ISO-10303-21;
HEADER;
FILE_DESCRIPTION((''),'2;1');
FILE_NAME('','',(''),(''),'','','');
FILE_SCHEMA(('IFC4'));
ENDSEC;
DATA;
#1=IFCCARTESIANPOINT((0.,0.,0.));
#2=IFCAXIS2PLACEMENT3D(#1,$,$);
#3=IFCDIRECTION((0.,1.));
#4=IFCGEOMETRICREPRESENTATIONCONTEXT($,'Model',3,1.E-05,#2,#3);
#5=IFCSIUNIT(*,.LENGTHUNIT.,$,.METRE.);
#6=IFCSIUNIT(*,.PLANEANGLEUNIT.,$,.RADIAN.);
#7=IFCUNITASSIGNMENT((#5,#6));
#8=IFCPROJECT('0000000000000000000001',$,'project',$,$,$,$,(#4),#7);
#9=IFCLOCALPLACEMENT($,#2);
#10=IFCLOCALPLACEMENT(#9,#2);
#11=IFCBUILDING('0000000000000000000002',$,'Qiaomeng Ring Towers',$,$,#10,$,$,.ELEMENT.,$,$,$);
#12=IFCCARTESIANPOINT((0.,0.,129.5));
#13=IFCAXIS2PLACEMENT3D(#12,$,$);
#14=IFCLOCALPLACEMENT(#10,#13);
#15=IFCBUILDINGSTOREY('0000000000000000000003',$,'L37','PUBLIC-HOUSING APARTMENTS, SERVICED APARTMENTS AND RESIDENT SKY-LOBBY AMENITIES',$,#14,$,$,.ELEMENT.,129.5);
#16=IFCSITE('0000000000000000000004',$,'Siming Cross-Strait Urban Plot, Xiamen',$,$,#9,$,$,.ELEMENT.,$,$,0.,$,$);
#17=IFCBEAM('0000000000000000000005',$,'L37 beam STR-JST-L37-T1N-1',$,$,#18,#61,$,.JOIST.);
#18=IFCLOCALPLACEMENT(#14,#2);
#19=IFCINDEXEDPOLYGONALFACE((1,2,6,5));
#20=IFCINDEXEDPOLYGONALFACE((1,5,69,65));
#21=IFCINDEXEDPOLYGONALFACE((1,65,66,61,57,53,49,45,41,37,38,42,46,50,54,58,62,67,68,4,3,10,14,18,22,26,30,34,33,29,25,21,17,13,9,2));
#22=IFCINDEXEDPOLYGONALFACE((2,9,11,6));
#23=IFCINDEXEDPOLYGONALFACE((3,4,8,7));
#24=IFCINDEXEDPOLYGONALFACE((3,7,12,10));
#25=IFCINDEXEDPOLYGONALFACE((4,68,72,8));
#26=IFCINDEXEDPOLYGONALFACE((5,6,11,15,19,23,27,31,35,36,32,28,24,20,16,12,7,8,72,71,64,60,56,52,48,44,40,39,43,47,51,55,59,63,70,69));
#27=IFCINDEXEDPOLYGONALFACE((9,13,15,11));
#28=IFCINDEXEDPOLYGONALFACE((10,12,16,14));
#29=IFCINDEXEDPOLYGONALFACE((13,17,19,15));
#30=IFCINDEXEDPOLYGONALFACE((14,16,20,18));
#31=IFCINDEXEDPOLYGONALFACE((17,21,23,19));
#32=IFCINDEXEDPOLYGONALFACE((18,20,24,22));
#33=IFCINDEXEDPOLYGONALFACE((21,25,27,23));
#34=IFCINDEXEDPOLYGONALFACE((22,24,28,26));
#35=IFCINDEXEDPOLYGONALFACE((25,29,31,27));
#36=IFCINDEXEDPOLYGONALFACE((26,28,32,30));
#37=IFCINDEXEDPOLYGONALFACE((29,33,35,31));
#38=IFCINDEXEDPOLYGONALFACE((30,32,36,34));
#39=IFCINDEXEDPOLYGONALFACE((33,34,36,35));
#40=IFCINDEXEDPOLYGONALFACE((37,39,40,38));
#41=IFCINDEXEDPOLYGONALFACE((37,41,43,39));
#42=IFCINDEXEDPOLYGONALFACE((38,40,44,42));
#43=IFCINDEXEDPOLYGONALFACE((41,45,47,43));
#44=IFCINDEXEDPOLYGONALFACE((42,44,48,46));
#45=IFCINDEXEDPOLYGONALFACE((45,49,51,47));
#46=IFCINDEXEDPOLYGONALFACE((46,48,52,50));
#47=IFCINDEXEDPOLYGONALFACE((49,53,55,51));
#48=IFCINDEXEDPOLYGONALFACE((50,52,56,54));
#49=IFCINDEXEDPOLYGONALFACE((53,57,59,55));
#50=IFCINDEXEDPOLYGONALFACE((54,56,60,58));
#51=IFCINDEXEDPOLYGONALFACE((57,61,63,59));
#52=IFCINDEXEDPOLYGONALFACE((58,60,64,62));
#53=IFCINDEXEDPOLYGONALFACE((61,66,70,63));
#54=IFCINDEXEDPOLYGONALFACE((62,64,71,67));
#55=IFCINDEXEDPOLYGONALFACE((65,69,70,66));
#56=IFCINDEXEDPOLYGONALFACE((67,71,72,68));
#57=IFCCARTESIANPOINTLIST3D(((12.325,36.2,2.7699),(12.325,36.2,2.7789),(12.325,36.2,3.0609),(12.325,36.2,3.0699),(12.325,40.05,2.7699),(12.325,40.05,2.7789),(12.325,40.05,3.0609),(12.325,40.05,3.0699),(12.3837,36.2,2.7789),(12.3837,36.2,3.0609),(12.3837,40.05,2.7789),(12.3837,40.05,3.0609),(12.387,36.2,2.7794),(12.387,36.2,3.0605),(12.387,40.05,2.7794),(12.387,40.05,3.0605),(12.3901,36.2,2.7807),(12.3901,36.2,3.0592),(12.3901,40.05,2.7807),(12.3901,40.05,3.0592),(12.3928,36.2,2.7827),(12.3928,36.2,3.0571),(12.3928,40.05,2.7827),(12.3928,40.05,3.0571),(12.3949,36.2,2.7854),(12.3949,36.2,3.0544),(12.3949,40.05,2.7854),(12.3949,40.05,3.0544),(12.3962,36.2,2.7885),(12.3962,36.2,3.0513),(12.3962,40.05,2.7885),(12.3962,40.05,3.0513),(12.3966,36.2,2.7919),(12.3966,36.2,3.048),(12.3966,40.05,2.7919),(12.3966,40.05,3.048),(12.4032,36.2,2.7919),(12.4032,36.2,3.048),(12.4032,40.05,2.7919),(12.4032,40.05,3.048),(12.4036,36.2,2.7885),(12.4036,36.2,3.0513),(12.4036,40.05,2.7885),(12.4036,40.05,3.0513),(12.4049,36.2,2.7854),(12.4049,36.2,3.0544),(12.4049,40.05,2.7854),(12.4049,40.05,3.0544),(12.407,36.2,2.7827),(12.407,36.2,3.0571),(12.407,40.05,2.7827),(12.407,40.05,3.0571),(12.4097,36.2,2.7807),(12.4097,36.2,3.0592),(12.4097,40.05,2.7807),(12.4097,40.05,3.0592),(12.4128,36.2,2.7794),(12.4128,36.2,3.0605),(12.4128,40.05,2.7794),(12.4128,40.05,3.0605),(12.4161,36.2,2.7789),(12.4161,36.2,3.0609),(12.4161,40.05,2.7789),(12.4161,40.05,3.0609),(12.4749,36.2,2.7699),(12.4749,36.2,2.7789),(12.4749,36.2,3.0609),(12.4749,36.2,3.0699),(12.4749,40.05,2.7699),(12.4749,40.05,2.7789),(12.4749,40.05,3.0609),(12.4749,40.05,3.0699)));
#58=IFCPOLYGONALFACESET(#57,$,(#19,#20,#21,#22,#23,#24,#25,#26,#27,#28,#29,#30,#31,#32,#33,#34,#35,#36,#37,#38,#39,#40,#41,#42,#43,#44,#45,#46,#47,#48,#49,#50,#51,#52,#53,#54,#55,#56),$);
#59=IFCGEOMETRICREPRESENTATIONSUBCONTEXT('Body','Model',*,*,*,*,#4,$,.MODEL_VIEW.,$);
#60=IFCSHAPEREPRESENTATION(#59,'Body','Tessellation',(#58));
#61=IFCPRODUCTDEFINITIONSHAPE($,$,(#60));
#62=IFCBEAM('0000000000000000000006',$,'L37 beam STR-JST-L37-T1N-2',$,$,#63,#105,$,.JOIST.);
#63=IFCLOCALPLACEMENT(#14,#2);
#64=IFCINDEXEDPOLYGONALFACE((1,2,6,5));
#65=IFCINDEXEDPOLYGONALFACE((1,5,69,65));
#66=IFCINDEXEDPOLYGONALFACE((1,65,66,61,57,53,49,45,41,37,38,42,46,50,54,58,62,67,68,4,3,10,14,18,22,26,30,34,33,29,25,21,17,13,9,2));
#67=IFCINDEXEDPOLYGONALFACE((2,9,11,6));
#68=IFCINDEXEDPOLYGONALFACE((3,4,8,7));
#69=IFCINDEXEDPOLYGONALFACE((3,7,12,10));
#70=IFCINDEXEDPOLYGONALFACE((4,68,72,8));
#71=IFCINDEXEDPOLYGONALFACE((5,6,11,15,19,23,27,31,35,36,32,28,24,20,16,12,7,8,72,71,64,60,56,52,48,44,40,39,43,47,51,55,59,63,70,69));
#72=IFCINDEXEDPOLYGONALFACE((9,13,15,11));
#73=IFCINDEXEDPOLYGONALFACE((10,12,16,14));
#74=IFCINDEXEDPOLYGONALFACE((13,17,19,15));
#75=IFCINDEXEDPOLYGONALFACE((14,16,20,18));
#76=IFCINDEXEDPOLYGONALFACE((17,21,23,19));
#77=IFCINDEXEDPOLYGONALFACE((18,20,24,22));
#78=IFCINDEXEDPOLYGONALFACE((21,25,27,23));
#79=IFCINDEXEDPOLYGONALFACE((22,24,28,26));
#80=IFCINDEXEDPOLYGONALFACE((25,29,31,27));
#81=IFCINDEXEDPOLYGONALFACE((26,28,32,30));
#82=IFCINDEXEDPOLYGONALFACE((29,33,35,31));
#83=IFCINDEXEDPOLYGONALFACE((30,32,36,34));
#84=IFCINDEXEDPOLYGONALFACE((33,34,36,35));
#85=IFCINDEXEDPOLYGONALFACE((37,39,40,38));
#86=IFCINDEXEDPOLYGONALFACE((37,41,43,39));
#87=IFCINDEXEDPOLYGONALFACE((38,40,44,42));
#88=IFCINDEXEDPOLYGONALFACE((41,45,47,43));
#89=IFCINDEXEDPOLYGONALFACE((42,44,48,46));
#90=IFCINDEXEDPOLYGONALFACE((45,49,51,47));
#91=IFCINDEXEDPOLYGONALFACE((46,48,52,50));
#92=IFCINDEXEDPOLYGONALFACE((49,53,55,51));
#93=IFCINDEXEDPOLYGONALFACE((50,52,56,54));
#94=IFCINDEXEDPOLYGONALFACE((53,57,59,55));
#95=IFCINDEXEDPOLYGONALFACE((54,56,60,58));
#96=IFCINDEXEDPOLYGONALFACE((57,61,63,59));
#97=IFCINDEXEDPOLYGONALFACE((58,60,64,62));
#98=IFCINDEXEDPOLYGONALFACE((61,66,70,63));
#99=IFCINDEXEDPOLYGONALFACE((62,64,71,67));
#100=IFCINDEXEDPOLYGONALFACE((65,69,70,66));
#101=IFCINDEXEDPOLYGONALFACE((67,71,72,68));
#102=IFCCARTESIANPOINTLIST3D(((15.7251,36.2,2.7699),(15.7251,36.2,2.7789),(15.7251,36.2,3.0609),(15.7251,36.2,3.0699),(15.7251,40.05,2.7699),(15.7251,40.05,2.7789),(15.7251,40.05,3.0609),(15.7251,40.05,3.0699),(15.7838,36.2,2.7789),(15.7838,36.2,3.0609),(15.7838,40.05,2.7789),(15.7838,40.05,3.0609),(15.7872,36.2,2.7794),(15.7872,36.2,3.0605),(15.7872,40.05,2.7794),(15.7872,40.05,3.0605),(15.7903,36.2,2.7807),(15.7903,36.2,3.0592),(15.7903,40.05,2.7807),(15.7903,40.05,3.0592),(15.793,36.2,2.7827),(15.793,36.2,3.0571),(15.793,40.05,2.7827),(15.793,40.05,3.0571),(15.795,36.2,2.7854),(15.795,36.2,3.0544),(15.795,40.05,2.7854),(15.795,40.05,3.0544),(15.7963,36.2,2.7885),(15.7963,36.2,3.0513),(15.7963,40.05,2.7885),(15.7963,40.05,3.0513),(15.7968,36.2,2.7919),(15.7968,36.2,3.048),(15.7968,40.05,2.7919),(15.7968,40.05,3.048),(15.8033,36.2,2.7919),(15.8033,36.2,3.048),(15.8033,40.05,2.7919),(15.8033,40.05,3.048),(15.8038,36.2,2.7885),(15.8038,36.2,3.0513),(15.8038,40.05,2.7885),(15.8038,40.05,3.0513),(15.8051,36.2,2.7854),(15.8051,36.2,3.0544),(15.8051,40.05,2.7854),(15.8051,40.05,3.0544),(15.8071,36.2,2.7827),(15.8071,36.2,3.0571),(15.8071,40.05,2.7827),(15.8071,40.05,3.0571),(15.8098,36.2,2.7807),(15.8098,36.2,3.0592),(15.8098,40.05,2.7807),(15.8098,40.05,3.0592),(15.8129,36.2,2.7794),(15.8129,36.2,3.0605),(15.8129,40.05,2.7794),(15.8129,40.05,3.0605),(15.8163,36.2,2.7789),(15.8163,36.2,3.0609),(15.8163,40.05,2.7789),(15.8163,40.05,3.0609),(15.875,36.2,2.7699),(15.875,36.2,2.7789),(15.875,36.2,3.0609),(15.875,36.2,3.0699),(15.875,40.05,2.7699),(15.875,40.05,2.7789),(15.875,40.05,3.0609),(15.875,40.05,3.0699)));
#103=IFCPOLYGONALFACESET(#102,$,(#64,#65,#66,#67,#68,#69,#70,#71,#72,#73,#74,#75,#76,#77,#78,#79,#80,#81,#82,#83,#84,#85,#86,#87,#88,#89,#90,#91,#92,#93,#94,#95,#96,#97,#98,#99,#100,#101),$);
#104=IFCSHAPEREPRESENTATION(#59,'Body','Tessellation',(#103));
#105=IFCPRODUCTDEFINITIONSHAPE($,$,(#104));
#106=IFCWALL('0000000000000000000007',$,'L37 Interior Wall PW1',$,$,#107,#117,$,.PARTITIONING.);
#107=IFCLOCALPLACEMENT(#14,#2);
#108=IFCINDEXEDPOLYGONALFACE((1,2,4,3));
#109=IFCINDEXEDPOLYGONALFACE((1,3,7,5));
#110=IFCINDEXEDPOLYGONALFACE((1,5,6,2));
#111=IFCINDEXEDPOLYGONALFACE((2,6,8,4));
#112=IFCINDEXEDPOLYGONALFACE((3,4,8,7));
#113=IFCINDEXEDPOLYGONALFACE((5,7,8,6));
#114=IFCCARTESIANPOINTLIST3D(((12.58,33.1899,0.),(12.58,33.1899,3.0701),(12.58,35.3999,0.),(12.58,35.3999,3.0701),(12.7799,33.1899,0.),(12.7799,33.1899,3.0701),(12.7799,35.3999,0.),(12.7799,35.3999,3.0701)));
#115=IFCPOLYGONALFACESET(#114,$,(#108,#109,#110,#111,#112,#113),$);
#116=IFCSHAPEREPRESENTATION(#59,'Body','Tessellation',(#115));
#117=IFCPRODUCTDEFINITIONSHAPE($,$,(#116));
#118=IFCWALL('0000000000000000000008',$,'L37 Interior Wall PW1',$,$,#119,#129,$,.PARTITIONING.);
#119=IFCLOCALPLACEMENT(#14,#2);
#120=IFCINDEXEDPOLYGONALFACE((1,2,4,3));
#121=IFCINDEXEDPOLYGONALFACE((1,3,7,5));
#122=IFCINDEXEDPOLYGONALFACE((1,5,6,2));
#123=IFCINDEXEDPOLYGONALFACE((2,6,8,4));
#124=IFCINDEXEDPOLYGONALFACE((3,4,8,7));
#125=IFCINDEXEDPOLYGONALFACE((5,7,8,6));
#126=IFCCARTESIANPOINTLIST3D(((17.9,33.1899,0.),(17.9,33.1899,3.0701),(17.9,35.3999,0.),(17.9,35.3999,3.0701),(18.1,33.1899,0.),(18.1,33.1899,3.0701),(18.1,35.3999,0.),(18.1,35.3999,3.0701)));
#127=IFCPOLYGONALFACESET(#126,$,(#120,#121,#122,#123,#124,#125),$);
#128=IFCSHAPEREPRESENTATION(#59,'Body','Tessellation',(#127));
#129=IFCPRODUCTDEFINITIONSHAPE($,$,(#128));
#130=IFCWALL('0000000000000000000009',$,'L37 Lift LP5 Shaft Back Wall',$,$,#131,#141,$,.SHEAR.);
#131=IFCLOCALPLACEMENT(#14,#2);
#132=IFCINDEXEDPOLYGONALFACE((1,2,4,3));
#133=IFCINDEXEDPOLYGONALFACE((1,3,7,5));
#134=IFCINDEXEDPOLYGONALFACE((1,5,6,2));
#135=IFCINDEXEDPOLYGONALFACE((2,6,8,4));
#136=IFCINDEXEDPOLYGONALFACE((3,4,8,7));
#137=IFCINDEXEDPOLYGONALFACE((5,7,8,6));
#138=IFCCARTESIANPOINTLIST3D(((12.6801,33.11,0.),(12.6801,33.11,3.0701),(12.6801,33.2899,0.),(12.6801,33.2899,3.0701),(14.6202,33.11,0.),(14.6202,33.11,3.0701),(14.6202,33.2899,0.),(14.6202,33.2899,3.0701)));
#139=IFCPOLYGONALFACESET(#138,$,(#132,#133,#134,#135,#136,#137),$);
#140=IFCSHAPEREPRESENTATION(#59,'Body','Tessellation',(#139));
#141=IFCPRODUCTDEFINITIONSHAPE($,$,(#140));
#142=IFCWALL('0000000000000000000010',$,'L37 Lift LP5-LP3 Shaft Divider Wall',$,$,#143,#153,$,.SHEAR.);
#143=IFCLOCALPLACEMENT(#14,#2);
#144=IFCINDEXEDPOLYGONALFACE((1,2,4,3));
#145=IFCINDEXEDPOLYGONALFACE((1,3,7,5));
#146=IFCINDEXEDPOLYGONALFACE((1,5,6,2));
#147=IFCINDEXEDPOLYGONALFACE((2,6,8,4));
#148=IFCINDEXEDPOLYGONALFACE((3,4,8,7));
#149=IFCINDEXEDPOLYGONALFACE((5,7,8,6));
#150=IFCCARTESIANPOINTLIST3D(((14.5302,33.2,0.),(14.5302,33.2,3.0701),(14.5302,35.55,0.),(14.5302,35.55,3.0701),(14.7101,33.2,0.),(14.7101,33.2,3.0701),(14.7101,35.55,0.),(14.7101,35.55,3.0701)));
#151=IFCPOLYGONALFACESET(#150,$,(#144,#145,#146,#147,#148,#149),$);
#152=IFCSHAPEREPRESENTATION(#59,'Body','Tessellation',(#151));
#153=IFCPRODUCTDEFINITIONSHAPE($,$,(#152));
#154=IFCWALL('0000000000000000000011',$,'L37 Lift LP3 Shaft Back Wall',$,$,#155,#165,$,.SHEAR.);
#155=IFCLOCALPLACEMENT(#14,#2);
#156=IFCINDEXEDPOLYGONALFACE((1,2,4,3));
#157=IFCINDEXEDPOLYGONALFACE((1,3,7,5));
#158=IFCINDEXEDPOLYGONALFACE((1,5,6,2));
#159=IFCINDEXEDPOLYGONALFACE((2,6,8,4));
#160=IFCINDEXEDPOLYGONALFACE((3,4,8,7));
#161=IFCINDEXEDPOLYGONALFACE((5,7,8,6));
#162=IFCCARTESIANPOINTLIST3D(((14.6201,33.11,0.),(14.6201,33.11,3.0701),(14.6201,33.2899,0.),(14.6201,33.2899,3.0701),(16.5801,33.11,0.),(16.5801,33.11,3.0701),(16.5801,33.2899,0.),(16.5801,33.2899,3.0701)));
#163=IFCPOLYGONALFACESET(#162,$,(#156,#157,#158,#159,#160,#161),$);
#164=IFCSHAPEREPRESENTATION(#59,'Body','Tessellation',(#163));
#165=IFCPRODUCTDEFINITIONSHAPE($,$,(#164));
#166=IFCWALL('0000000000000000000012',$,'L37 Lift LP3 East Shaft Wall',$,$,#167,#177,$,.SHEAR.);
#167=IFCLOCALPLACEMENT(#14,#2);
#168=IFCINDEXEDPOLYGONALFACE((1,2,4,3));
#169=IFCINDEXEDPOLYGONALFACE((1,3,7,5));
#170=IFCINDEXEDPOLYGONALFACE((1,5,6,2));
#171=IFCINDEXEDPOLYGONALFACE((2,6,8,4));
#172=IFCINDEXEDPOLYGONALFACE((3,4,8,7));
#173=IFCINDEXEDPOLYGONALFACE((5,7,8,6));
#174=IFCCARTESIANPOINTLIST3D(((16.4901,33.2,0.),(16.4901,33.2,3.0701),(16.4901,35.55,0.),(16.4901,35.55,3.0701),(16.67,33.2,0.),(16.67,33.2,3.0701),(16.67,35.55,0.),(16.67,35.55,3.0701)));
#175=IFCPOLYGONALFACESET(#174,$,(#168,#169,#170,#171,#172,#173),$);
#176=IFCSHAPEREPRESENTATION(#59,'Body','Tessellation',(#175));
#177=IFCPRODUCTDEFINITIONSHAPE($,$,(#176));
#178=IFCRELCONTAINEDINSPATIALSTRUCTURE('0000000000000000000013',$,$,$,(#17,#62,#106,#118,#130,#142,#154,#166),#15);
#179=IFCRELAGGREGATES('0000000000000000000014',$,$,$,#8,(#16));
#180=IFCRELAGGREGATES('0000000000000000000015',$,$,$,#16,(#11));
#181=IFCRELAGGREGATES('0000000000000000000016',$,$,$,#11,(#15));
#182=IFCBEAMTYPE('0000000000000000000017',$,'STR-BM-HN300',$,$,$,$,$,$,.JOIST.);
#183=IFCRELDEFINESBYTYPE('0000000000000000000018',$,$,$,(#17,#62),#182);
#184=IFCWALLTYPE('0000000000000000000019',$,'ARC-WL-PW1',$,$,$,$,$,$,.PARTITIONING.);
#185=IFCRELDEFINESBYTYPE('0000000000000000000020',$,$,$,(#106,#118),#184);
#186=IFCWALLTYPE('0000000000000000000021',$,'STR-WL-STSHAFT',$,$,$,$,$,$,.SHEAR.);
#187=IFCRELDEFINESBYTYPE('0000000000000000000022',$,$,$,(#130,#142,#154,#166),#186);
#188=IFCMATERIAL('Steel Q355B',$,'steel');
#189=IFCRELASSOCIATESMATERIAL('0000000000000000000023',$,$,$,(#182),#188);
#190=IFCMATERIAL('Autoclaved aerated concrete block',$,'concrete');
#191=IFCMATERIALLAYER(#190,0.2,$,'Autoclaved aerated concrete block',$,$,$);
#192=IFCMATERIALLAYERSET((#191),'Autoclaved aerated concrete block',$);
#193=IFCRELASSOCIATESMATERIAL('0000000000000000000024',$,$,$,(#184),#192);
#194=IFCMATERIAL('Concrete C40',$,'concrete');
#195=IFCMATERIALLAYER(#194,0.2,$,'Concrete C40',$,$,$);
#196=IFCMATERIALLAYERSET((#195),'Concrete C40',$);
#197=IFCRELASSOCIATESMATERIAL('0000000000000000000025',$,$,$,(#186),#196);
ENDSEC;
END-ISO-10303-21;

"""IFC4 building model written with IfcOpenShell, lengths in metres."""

from ifc_helpers import new_model, si_unit, direction, frame, frame_2d, origin, origin_2d, place, context, subcontext, project, spatial, rectangle, i_section, extrude, source, transform, mapped, material, layer, layer_set, material_profile, profile_set, type_object, element, save


model = new_model("IFC4")

# Units and contexts
model_context = context("Model", 3, precision=1e-05, world=origin(), true_north=direction((0.0, 1.0)))
body_context = subcontext(model_context, "Body", "Model", "MODEL_VIEW")
ifc_project = project(units=[si_unit("LENGTHUNIT", "METRE"), si_unit("PLANEANGLEUNIT", "RADIAN")], contexts=[model_context])

# Site, building, storey
site_placement = place(None, origin())
site = spatial("IfcSite", under=ifc_project, at=site_placement, Name="Siming Cross-Strait Urban Plot, Xiamen", CompositionType="ELEMENT", RefElevation=0.0)
building_placement = place(site_placement, origin())
building = spatial("IfcBuilding", under=site, at=building_placement, Name="Qiaomeng Ring Towers", CompositionType="ELEMENT")
storey_placement = place(building_placement, frame((0.0, 0.0, 129.5)))
storey = spatial("IfcBuildingStorey", under=building, at=storey_placement, Name="L37", Description="PUBLIC-HOUSING APARTMENTS, SERVICED APARTMENTS AND RESIDENT SKY-LOBBY AMENITIES", CompositionType="ELEMENT", Elevation=129.5)

# Beams
ifc_material_1 = material(Name="Steel Q355B", Category="steel")
ifc_material_profile_1 = material_profile(ifc_material_1, i_section(OverallWidth=0.1499, OverallDepth=0.3, WebThickness=0.0066, FlangeThickness=0.009, FilletRadius=0.0129, at=origin_2d()), Name="HN 300x150x6.5x9")
ifc_profile_set_1 = profile_set([ifc_material_profile_1], Name="Steel Q355B")
beam_type = type_object("IfcBeamType", Name="STR-BM-HN300", PredefinedType="JOIST", material=ifc_profile_set_1)
shared_shape_1 = source(origin(), body_context, "Body", "SweptSolid", [
    extrude(i_section(OverallWidth=0.1499, OverallDepth=0.3, WebThickness=0.0066, FlangeThickness=0.009, FilletRadius=0.0129, at=origin_2d()), origin(), (0.0, 0.0, 1.0), 3.8501),
])
for number, where, z_axis, x_axis, name in (
    (1, (12.3999, 36.2, 2.9199), (0.0, 1.0, 0.0), (-1.0, 0.0, 0.0), "L37 beam STR-JST-L37-T1N-1"),
    (2, (15.8, 36.2, 2.9199), (0.0, 1.0, 0.0), (-1.0, 0.0, 0.0), "L37 beam STR-JST-L37-T1N-2"),
):
    element("IfcBeam", number, at=place(storey_placement, frame(where, z_axis=z_axis, x_axis=x_axis)), inside=storey, type_object=beam_type, Name=name, PredefinedType="JOIST", context=body_context, shape_type="MappedRepresentation", body=[
        mapped(shared_shape_1, transform((0.0, 0.0, 0.0), x_axis=(1.0, 0.0, 0.0), y_axis=(0.0, 1.0, 0.0), z_axis=(0.0, 0.0, 1.0), scale=1.0)),
    ])

# Walls
ifc_material_2 = material(Name="Autoclaved aerated concrete block", Category="concrete")
ifc_layer_1 = layer(ifc_material_2, 0.2, Name="Autoclaved aerated concrete block")
ifc_layer_set_1 = layer_set([ifc_layer_1], Name="Autoclaved aerated concrete block")
wall_type_1 = type_object("IfcWallType", Name="ARC-WL-PW1", PredefinedType="PARTITIONING", material=ifc_layer_set_1)
for number, where, z_axis, x_axis, name in (
    (3, (12.6799, 33.1899, 0.0), (0.0, 0.0, 1.0), (0.0, 1.0, 0.0), "L37 Interior Wall PW1"),
    (4, (18.0, 33.1899, 0.0), (0.0, 0.0, 1.0), (0.0, 1.0, 0.0), "L37 Interior Wall PW1"),
):
    element("IfcWall", number, at=place(storey_placement, frame(where, z_axis=z_axis, x_axis=x_axis)), inside=storey, type_object=wall_type_1, Name=name, PredefinedType="PARTITIONING", context=body_context, shape_type="SweptSolid", body=[
        extrude(rectangle(XDim=2.21, YDim=0.2, at=frame_2d((1.105, 0.0))), origin(), (0.0, 0.0, 1.0), 3.0701),
    ])
ifc_material_3 = material(Name="Concrete C40", Category="concrete")
ifc_layer_2 = layer(ifc_material_3, 0.2, Name="Concrete C40")
ifc_layer_set_2 = layer_set([ifc_layer_2], Name="Concrete C40")
wall_type_2 = type_object("IfcWallType", Name="STR-WL-STSHAFT", PredefinedType="SHEAR", material=ifc_layer_set_2)
wall_1_placement = place(storey_placement, frame((12.6799, 33.2, 0.0), z_axis=(0.0, 0.0, 1.0), x_axis=(1.0, 0.0, 0.0)))
element("IfcWall", 5, at=wall_1_placement, inside=storey, type_object=wall_type_2, Name="L37 Lift LP5 Shaft Back Wall", PredefinedType="SHEAR", context=body_context, shape_type="SweptSolid", body=[
    extrude(rectangle(XDim=1.9402, YDim=0.1799, at=frame_2d((0.9702, 0.0))), origin(), (0.0, 0.0, 1.0), 3.0701),
])
wall_2_placement = place(storey_placement, frame((14.6201, 33.2, 0.0), z_axis=(0.0, 0.0, 1.0), x_axis=(0.0, 1.0, 0.0)))
element("IfcWall", 6, at=wall_2_placement, inside=storey, type_object=wall_type_2, Name="L37 Lift LP5-LP3 Shaft Divider Wall", PredefinedType="SHEAR", context=body_context, shape_type="SweptSolid", body=[
    extrude(rectangle(XDim=2.3501, YDim=0.1799, at=frame_2d((1.175, 0.0))), origin(), (0.0, 0.0, 1.0), 3.0701),
])
wall_3_placement = place(storey_placement, frame((14.6201, 33.2, 0.0), z_axis=(0.0, 0.0, 1.0), x_axis=(1.0, 0.0, 0.0)))
element("IfcWall", 7, at=wall_3_placement, inside=storey, type_object=wall_type_2, Name="L37 Lift LP3 Shaft Back Wall", PredefinedType="SHEAR", context=body_context, shape_type="SweptSolid", body=[
    extrude(rectangle(XDim=1.96, YDim=0.1799, at=frame_2d((0.98, 0.0))), origin(), (0.0, 0.0, 1.0), 3.0701),
])
wall_4_placement = place(storey_placement, frame((16.5801, 33.2, 0.0), z_axis=(0.0, 0.0, 1.0), x_axis=(0.0, 1.0, 0.0)))
element("IfcWall", 8, at=wall_4_placement, inside=storey, type_object=wall_type_2, Name="L37 Lift LP3 East Shaft Wall", PredefinedType="SHEAR", context=body_context, shape_type="SweptSolid", body=[
    extrude(rectangle(XDim=2.3501, YDim=0.1799, at=frame_2d((1.175, 0.0))), origin(), (0.0, 0.0, 1.0), 3.0701),
])

save(model, "model.ifc")
